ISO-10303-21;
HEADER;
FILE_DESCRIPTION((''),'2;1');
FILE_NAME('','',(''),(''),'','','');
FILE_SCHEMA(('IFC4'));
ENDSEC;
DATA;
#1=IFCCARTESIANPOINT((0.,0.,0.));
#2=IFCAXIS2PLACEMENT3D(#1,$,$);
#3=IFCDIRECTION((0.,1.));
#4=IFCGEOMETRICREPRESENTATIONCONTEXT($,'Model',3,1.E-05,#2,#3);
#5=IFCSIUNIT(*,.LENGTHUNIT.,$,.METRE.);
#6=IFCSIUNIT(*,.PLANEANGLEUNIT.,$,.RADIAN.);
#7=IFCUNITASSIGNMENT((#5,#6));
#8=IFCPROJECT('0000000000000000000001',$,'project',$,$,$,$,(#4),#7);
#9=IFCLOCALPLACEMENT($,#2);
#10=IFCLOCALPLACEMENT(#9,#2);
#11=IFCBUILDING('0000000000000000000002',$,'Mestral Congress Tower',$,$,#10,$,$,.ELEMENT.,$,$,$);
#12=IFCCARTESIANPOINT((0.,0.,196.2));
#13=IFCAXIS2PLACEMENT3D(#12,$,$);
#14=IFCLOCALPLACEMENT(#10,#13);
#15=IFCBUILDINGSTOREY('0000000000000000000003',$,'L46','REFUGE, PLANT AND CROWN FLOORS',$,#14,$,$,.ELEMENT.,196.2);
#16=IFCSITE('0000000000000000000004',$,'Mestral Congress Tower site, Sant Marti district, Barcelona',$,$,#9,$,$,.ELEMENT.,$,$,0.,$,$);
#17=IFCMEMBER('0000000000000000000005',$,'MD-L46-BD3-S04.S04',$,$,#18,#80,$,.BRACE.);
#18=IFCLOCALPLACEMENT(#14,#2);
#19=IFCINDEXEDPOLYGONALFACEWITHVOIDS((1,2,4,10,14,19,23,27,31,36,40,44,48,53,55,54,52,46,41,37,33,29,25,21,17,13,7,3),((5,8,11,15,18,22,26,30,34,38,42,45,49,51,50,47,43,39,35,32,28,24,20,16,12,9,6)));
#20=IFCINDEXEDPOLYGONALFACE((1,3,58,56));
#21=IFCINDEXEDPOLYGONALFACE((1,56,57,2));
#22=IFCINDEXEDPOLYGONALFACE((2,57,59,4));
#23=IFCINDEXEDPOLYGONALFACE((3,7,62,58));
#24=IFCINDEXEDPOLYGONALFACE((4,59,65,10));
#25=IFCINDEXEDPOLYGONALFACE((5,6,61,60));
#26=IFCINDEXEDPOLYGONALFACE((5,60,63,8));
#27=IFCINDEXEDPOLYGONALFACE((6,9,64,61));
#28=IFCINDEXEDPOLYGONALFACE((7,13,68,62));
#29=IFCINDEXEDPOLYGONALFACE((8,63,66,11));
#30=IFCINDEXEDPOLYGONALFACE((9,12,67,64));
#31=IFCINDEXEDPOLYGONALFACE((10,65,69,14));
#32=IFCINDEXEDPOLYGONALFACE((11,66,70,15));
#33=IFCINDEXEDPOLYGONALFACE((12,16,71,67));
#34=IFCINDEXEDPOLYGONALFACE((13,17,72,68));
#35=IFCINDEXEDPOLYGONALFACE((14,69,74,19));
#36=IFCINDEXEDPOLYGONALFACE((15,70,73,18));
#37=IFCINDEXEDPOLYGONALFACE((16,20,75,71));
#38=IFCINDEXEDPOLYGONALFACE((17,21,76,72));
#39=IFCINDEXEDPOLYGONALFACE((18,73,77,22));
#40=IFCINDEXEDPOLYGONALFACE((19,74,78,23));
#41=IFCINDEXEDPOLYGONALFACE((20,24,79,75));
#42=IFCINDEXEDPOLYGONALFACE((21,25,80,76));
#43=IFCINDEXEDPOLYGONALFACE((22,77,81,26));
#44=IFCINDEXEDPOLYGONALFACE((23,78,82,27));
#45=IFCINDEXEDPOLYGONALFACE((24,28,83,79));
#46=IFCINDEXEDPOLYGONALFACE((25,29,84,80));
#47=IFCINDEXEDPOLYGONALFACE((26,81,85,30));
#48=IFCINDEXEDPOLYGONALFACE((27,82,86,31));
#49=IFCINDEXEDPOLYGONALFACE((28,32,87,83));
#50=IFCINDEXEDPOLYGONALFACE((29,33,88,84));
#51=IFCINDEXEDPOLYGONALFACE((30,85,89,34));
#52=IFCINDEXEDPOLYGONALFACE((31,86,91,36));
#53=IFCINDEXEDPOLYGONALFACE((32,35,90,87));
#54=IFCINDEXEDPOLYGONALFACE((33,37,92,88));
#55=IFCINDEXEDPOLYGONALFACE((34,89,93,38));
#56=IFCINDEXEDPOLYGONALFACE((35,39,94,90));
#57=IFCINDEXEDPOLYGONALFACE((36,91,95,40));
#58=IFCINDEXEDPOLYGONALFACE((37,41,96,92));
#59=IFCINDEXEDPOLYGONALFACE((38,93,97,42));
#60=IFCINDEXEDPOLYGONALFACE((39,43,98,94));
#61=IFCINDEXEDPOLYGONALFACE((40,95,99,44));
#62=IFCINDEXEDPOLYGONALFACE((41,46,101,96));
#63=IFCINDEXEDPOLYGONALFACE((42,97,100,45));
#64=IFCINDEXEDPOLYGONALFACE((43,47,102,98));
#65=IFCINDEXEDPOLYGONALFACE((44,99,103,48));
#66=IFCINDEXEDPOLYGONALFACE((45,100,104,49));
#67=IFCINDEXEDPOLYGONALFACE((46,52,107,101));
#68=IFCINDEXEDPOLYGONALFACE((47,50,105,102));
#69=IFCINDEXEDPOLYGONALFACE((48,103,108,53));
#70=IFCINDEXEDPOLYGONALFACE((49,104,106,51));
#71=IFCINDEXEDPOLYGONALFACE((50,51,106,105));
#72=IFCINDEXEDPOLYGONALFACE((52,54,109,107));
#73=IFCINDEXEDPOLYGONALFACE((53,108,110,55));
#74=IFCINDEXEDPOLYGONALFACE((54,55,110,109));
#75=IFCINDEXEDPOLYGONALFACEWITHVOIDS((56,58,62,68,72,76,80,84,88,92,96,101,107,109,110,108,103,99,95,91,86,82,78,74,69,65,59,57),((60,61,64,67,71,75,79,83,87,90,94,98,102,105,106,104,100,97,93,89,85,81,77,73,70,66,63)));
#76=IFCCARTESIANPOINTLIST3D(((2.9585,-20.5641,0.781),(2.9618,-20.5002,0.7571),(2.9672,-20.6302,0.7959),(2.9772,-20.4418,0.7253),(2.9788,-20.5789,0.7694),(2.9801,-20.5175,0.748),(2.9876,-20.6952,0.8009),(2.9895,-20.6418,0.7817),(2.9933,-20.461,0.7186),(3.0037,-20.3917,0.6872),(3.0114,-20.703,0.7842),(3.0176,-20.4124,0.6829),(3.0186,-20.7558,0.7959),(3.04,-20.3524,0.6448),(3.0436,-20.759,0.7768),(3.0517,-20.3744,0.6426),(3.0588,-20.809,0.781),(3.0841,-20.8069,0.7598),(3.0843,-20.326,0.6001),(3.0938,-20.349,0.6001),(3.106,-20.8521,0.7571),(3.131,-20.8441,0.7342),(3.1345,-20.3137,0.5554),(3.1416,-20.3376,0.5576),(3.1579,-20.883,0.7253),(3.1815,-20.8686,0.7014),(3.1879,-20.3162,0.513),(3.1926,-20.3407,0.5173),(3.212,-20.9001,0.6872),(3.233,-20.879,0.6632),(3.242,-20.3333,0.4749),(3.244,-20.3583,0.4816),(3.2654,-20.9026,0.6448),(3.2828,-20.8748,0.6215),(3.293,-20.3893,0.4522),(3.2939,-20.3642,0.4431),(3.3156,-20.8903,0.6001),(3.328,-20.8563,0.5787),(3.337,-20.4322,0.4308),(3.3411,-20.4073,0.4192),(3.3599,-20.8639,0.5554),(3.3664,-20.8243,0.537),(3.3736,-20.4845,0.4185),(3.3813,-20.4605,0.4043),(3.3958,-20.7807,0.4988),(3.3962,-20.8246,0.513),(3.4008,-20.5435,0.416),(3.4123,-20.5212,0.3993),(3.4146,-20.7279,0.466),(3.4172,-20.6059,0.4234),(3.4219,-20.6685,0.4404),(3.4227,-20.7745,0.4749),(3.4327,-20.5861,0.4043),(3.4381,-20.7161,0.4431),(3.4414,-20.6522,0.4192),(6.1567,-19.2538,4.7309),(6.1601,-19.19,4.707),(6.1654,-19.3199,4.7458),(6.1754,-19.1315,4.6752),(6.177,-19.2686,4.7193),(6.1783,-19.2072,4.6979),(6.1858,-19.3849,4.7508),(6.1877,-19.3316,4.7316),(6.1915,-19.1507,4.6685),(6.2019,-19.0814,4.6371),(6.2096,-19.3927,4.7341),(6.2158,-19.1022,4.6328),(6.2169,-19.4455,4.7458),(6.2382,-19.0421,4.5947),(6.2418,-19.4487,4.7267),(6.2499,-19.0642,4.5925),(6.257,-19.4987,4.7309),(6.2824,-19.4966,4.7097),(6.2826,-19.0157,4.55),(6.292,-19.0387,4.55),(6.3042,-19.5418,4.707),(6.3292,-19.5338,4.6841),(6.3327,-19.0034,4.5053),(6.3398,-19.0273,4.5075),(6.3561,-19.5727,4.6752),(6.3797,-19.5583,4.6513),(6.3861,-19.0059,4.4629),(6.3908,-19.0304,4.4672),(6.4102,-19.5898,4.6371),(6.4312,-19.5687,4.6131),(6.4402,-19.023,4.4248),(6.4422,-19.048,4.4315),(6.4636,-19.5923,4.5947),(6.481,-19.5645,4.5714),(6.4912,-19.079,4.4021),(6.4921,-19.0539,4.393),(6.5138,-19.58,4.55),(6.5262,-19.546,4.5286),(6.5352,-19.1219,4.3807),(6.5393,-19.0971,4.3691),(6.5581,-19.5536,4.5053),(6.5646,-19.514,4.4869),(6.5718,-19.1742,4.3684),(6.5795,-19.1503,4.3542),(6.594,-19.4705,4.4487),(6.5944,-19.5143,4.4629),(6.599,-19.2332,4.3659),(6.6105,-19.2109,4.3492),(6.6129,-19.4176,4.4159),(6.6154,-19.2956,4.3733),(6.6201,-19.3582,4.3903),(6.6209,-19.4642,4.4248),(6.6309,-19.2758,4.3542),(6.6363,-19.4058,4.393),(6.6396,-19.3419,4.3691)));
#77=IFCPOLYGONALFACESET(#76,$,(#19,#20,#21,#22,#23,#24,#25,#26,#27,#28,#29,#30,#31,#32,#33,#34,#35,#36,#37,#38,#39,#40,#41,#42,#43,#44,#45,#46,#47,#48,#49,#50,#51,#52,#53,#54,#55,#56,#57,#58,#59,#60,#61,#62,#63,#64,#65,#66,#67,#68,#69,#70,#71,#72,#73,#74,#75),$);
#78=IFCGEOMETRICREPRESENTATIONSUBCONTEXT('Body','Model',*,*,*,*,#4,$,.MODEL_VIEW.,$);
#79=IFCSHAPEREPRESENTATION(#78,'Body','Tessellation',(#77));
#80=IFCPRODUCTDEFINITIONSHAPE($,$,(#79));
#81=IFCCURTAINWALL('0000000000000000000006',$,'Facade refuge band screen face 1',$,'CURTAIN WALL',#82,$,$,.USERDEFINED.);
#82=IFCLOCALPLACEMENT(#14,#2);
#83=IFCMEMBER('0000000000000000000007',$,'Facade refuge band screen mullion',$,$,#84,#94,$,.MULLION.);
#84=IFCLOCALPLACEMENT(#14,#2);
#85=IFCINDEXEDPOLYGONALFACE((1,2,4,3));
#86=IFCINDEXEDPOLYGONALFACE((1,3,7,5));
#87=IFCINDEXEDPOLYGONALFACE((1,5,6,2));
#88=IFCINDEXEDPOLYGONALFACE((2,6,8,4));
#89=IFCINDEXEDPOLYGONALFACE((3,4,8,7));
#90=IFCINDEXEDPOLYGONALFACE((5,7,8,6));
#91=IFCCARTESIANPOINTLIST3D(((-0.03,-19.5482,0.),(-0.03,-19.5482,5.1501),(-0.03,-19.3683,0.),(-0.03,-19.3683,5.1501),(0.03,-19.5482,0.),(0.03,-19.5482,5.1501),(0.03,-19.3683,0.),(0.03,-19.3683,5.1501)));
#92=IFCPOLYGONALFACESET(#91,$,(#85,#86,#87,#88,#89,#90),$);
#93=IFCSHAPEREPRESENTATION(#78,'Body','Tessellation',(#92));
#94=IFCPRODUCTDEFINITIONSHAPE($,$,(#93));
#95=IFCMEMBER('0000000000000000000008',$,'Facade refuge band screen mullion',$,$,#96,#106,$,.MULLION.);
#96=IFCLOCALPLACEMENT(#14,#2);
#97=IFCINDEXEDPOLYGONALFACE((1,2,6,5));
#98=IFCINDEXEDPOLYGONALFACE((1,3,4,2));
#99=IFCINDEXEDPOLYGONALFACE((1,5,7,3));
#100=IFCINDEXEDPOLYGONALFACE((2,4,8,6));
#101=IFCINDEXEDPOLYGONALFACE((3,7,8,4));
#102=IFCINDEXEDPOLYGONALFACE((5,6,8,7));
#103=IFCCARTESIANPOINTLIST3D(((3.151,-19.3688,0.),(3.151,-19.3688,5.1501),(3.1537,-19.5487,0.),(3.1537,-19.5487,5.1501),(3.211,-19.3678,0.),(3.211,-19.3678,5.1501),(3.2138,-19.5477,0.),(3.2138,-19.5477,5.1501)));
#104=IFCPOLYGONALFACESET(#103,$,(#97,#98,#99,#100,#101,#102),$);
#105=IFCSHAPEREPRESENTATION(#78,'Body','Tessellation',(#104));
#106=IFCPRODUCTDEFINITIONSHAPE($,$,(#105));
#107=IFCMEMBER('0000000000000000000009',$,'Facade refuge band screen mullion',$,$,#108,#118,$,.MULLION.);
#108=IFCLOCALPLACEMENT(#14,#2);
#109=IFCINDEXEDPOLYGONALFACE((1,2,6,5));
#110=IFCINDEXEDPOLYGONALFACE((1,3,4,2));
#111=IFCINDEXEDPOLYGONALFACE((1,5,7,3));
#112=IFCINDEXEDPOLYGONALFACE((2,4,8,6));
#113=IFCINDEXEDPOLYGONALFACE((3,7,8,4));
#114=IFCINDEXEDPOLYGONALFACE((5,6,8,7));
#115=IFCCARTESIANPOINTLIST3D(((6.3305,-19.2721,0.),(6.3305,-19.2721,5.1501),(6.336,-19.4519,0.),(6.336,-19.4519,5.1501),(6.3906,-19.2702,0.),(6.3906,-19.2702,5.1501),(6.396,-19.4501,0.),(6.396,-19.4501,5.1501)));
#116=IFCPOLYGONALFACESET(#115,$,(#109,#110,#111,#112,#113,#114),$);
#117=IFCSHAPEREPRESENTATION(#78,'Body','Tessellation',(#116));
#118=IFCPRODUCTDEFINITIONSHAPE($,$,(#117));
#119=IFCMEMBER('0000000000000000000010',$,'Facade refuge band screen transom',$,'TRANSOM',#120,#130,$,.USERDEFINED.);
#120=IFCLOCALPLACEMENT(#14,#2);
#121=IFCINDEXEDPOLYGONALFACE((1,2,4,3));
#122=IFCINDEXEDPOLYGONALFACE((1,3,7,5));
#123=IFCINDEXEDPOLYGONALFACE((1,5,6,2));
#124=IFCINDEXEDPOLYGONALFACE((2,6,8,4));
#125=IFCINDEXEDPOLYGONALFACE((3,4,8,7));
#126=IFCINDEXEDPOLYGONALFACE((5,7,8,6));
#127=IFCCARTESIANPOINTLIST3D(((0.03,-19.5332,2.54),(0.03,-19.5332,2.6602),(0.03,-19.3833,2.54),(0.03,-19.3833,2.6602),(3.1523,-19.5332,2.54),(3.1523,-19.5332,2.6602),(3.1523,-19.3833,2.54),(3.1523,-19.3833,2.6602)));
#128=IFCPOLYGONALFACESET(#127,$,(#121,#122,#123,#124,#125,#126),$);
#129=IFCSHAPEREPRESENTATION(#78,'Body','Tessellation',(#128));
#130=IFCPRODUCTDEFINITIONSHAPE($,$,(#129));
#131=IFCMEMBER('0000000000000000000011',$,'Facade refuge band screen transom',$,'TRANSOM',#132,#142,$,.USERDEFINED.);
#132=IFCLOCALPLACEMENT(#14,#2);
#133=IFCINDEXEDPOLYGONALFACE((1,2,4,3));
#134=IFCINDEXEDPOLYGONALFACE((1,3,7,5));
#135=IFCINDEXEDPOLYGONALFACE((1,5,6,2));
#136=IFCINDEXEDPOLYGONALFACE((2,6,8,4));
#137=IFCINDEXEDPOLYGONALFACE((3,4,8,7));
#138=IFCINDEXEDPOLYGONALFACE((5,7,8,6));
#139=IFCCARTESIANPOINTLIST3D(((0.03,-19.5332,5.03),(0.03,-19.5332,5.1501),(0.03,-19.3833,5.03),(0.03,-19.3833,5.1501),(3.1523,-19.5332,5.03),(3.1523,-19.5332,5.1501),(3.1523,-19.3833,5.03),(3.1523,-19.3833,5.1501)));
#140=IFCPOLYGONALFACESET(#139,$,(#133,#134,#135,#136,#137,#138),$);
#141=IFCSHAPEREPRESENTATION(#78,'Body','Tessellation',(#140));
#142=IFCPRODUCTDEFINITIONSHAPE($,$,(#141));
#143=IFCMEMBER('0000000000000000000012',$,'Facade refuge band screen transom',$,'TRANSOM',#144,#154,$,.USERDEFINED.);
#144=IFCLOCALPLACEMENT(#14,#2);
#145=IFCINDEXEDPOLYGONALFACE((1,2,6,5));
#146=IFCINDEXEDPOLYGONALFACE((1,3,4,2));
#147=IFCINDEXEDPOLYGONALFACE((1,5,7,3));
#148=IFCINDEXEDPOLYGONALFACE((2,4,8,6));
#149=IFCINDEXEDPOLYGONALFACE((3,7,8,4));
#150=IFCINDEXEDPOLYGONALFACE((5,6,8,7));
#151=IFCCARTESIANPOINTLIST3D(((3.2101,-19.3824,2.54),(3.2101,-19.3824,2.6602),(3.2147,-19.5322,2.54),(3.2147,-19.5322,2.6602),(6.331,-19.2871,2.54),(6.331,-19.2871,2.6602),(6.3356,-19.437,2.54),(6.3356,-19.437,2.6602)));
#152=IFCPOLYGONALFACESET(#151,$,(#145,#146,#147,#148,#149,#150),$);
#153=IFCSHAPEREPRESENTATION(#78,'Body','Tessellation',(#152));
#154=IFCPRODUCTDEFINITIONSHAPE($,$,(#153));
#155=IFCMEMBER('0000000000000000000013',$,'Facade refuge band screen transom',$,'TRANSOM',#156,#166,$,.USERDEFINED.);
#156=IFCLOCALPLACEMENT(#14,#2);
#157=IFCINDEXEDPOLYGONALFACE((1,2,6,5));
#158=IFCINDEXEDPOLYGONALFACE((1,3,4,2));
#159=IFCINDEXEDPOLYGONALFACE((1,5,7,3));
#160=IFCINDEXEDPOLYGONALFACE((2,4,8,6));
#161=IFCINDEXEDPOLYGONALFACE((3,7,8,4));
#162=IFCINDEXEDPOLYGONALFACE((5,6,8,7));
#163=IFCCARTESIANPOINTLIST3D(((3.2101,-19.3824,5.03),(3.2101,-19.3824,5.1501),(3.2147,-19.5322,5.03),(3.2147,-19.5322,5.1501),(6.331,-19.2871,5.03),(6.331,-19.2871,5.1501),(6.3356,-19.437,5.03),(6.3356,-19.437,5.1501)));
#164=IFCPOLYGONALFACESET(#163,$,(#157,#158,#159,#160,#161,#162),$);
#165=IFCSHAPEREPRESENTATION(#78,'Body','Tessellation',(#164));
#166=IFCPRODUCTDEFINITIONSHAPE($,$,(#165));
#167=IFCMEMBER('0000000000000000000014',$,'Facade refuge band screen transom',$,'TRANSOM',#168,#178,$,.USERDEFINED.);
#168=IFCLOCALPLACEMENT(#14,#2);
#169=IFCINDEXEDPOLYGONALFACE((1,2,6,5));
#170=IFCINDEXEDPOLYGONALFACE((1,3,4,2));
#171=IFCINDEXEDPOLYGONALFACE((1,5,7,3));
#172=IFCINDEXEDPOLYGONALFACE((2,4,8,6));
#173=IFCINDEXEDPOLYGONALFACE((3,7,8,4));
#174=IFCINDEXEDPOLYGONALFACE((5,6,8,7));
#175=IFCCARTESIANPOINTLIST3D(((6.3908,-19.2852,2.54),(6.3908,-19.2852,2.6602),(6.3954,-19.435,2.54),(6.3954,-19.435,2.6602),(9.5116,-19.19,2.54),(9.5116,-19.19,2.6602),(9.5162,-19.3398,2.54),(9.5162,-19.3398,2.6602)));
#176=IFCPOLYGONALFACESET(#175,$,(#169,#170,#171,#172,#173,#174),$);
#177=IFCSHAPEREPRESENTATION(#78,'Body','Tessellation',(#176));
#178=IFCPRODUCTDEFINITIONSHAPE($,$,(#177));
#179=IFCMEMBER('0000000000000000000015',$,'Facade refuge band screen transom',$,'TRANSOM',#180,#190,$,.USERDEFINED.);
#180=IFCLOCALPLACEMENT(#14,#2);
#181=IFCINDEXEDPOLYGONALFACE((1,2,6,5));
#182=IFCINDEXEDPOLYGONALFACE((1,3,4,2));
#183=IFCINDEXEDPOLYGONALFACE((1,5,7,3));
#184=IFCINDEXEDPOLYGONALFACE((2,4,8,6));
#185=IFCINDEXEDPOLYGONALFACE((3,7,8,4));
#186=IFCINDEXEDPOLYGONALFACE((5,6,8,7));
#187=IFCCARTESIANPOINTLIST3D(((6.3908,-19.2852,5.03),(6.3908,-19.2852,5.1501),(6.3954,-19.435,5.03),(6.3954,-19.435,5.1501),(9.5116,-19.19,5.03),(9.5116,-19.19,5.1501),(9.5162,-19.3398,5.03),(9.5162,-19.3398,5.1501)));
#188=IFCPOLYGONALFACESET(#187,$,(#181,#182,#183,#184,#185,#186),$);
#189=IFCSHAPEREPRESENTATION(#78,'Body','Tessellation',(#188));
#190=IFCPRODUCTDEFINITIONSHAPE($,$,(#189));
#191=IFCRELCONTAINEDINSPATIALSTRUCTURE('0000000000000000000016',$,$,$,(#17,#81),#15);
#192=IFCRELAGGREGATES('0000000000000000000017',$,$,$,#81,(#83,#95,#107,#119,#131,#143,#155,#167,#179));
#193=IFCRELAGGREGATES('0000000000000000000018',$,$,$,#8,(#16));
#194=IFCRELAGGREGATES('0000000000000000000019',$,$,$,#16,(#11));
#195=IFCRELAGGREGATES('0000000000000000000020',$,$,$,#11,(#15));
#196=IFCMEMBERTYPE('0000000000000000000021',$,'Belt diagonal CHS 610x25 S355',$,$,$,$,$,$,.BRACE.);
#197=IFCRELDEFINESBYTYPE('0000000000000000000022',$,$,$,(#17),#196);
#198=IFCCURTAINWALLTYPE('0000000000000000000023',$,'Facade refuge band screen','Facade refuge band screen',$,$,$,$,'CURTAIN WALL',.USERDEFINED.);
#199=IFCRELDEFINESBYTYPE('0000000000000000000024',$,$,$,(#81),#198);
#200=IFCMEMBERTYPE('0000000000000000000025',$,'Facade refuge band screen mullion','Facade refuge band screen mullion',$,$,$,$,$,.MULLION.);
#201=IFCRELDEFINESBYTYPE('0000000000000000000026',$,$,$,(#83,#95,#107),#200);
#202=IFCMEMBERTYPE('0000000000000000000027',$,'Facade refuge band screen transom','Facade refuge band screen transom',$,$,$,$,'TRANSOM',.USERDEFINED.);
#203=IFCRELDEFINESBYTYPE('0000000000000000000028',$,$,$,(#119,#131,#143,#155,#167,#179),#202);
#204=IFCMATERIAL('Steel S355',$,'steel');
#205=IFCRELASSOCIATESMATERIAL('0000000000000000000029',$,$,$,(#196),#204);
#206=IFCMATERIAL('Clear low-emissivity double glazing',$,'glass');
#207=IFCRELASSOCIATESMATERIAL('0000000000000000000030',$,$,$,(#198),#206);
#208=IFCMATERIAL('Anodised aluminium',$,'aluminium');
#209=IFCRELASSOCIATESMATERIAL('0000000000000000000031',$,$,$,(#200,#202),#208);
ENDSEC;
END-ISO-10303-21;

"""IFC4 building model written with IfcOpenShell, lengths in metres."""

from ifc_helpers import new_model, si_unit, direction, frame, origin, origin_2d, place, context, subcontext, project, spatial, rectangle, hollow_circle, extrude, material, material_profile, profile_set, type_object, element, aggregate, save


model = new_model("IFC4")

# Units and contexts
model_context = context("Model", 3, precision=1e-05, world=origin(), true_north=direction((0.0, 1.0)))
body_context = subcontext(model_context, "Body", "Model", "MODEL_VIEW")
ifc_project = project(units=[si_unit("LENGTHUNIT", "METRE"), si_unit("PLANEANGLEUNIT", "RADIAN")], contexts=[model_context])

# Site, building, storey
site_placement = place(None, origin())
site = spatial("IfcSite", under=ifc_project, at=site_placement, Name="Mestral Congress Tower site, Sant Marti district, Barcelona", CompositionType="ELEMENT", RefElevation=0.0)
building_placement = place(site_placement, origin())
building = spatial("IfcBuilding", under=site, at=building_placement, Name="Mestral Congress Tower", CompositionType="ELEMENT")
storey_placement = place(building_placement, frame((0.0, 0.0, 196.2)))
storey = spatial("IfcBuildingStorey", under=building, at=storey_placement, Name="L46", Description="REFUGE, PLANT AND CROWN FLOORS", CompositionType="ELEMENT", Elevation=196.2)

# Member
ifc_material_1 = material(Name="Steel S355", Category="steel")
ifc_material_profile_1 = material_profile(ifc_material_1, hollow_circle(Radius=0.3049, WallThickness=0.0249, at=origin_2d()), Name="CHS 610x25")
ifc_profile_set_1 = profile_set([ifc_material_profile_1], Name="Steel S355")
member_type_1 = type_object("IfcMemberType", Name="Belt diagonal CHS 610x25 S355", PredefinedType="BRACE", material=ifc_profile_set_1)
member_1_placement = place(storey_placement, frame((3.2, -20.6082, 0.6001), z_axis=(0.609352, 0.249648, 0.752573), x_axis=(-0.379111, 0.925351, 0.0)))
element("IfcMember", 1, at=member_1_placement, inside=storey, type_object=member_type_1, Name="MD-L46-BD3-S04.S04", PredefinedType="BRACE", context=body_context, shape_type="SweptSolid", body=[
    extrude(hollow_circle(Radius=0.3049, WallThickness=0.0249, at=origin_2d()), origin(), (0.0, 0.0, 1.0), 5.2485),
])

# Curtain wall, members
ifc_material_2 = material(Name="Clear low-emissivity double glazing", Category="glass")
curtain_wall_type = type_object("IfcCurtainWallType", Name="Facade refuge band screen", Description="Facade refuge band screen", ElementType="CURTAIN WALL", PredefinedType="USERDEFINED", material=ifc_material_2)
curtain_wall_placement = place(storey_placement, origin())
curtain_wall = element("IfcCurtainWall", 2, at=curtain_wall_placement, inside=storey, type_object=curtain_wall_type, Name="Facade refuge band screen face 1", ObjectType="CURTAIN WALL", PredefinedType="USERDEFINED")
ifc_material_3 = material(Name="Anodised aluminium", Category="aluminium")
ifc_material_profile_2 = material_profile(ifc_material_3, rectangle(XDim=0.1799, YDim=0.0601, at=origin_2d()), Name="CW3 mullion 180 x 60")
ifc_profile_set_2 = profile_set([ifc_material_profile_2], Name="Anodised aluminium")
member_type_2 = type_object("IfcMemberType", Name="Facade refuge band screen mullion", Description="Facade refuge band screen mullion", PredefinedType="MULLION", material=ifc_profile_set_2)
member_2_placement = place(storey_placement, frame((0.0, -19.4583, 0.0), z_axis=(0.0, 0.0, 1.0), x_axis=(0.0, -1.0, 0.0)))
member_2 = element("IfcMember", 3, at=member_2_placement, type_object=member_type_2, Name="Facade refuge band screen mullion", PredefinedType="MULLION", context=body_context, shape_type="SweptSolid", body=[
    extrude(rectangle(XDim=0.1799, YDim=0.0601, at=origin_2d()), origin(), (0.0, 0.0, 1.0), 5.1501),
])
member_3_placement = place(storey_placement, frame((3.1824, -19.4583, 0.0), z_axis=(0.0, 0.0, 1.0), x_axis=(0.015262, -0.999884, 0.0)))
member_3 = element("IfcMember", 4, at=member_3_placement, type_object=member_type_2, Name="Facade refuge band screen mullion", PredefinedType="MULLION", context=body_context, shape_type="SweptSolid", body=[
    extrude(rectangle(XDim=0.1799, YDim=0.0601, at=origin_2d()), origin(), (0.0, 0.0, 1.0), 5.1501),
])
member_4_placement = place(storey_placement, frame((6.3633, -19.3611, 0.0), z_axis=(0.0, 0.0, 1.0), x_axis=(0.030519, -0.999534, 0.0)))
member_4 = element("IfcMember", 5, at=member_4_placement, type_object=member_type_2, Name="Facade refuge band screen mullion", PredefinedType="MULLION", context=body_context, shape_type="SweptSolid", body=[
    extrude(rectangle(XDim=0.1799, YDim=0.0601, at=origin_2d()), origin(), (0.0, 0.0, 1.0), 5.1501),
])
ifc_material_profile_3 = material_profile(ifc_material_3, rectangle(XDim=0.1499, YDim=0.1201, at=origin_2d()), Name="CW3 transom 150 x 120")
ifc_profile_set_3 = profile_set([ifc_material_profile_3], Name="Anodised aluminium")
member_type_3 = type_object("IfcMemberType", Name="Facade refuge band screen transom", Description="Facade refuge band screen transom", ElementType="TRANSOM", PredefinedType="USERDEFINED", material=ifc_profile_set_3)
member_5_placement = place(storey_placement, frame((0.03, -19.4583, 2.6001), z_axis=(1.0, 0.0, 0.0), x_axis=(0.0, 1.0, 0.0)))
member_5 = element("IfcMember", 6, at=member_5_placement, type_object=member_type_3, Name="Facade refuge band screen transom", ObjectType="TRANSOM", PredefinedType="USERDEFINED", context=body_context, shape_type="SweptSolid", body=[
    extrude(rectangle(XDim=0.1499, YDim=0.1201, at=origin_2d()), origin(), (0.0, 0.0, 1.0), 3.1223),
])
member_6_placement = place(storey_placement, frame((0.03, -19.4583, 5.0901), z_axis=(1.0, 0.0, 0.0), x_axis=(0.0, 1.0, 0.0)))
member_6 = element("IfcMember", 7, at=member_6_placement, type_object=member_type_3, Name="Facade refuge band screen transom", ObjectType="TRANSOM", PredefinedType="USERDEFINED", context=body_context, shape_type="SweptSolid", body=[
    extrude(rectangle(XDim=0.1499, YDim=0.1201, at=origin_2d()), origin(), (0.0, 0.0, 1.0), 3.1223),
])
member_7_placement = place(storey_placement, frame((3.2124, -19.4573, 2.6001), z_axis=(0.999535, 0.030495, 0.0), x_axis=(-0.030495, 0.999535, 0.0)))
member_7 = element("IfcMember", 8, at=member_7_placement, type_object=member_type_3, Name="Facade refuge band screen transom", ObjectType="TRANSOM", PredefinedType="USERDEFINED", context=body_context, shape_type="SweptSolid", body=[
    extrude(rectangle(XDim=0.1499, YDim=0.1201, at=origin_2d()), origin(), (0.0, 0.0, 1.0), 3.1223),
])
member_8_placement = place(storey_placement, frame((3.2124, -19.4573, 5.0901), z_axis=(0.999535, 0.030495, 0.0), x_axis=(-0.030495, 0.999535, 0.0)))
member_8 = element("IfcMember", 9, at=member_8_placement, type_object=member_type_3, Name="Facade refuge band screen transom", ObjectType="TRANSOM", PredefinedType="USERDEFINED", context=body_context, shape_type="SweptSolid", body=[
    extrude(rectangle(XDim=0.1499, YDim=0.1201, at=origin_2d()), origin(), (0.0, 0.0, 1.0), 3.1223),
])
member_9_placement = place(storey_placement, frame((6.3931, -19.3601, 2.6001), z_axis=(0.999535, 0.030495, 0.0), x_axis=(-0.030495, 0.999535, 0.0)))
member_9 = element("IfcMember", 10, at=member_9_placement, type_object=member_type_3, Name="Facade refuge band screen transom", ObjectType="TRANSOM", PredefinedType="USERDEFINED", context=body_context, shape_type="SweptSolid", body=[
    extrude(rectangle(XDim=0.1499, YDim=0.1201, at=origin_2d()), origin(), (0.0, 0.0, 1.0), 3.1223),
])
member_10_placement = place(storey_placement, frame((6.3931, -19.3601, 5.0901), z_axis=(0.999535, 0.030495, 0.0), x_axis=(-0.030495, 0.999535, 0.0)))
member_10 = element("IfcMember", 11, at=member_10_placement, type_object=member_type_3, Name="Facade refuge band screen transom", ObjectType="TRANSOM", PredefinedType="USERDEFINED", context=body_context, shape_type="SweptSolid", body=[
    extrude(rectangle(XDim=0.1499, YDim=0.1201, at=origin_2d()), origin(), (0.0, 0.0, 1.0), 3.1223),
])

aggregate(curtain_wall, [member_2, member_3, member_4, member_5, member_6, member_7, member_8, member_9, member_10])

save(model, "model.ifc")
